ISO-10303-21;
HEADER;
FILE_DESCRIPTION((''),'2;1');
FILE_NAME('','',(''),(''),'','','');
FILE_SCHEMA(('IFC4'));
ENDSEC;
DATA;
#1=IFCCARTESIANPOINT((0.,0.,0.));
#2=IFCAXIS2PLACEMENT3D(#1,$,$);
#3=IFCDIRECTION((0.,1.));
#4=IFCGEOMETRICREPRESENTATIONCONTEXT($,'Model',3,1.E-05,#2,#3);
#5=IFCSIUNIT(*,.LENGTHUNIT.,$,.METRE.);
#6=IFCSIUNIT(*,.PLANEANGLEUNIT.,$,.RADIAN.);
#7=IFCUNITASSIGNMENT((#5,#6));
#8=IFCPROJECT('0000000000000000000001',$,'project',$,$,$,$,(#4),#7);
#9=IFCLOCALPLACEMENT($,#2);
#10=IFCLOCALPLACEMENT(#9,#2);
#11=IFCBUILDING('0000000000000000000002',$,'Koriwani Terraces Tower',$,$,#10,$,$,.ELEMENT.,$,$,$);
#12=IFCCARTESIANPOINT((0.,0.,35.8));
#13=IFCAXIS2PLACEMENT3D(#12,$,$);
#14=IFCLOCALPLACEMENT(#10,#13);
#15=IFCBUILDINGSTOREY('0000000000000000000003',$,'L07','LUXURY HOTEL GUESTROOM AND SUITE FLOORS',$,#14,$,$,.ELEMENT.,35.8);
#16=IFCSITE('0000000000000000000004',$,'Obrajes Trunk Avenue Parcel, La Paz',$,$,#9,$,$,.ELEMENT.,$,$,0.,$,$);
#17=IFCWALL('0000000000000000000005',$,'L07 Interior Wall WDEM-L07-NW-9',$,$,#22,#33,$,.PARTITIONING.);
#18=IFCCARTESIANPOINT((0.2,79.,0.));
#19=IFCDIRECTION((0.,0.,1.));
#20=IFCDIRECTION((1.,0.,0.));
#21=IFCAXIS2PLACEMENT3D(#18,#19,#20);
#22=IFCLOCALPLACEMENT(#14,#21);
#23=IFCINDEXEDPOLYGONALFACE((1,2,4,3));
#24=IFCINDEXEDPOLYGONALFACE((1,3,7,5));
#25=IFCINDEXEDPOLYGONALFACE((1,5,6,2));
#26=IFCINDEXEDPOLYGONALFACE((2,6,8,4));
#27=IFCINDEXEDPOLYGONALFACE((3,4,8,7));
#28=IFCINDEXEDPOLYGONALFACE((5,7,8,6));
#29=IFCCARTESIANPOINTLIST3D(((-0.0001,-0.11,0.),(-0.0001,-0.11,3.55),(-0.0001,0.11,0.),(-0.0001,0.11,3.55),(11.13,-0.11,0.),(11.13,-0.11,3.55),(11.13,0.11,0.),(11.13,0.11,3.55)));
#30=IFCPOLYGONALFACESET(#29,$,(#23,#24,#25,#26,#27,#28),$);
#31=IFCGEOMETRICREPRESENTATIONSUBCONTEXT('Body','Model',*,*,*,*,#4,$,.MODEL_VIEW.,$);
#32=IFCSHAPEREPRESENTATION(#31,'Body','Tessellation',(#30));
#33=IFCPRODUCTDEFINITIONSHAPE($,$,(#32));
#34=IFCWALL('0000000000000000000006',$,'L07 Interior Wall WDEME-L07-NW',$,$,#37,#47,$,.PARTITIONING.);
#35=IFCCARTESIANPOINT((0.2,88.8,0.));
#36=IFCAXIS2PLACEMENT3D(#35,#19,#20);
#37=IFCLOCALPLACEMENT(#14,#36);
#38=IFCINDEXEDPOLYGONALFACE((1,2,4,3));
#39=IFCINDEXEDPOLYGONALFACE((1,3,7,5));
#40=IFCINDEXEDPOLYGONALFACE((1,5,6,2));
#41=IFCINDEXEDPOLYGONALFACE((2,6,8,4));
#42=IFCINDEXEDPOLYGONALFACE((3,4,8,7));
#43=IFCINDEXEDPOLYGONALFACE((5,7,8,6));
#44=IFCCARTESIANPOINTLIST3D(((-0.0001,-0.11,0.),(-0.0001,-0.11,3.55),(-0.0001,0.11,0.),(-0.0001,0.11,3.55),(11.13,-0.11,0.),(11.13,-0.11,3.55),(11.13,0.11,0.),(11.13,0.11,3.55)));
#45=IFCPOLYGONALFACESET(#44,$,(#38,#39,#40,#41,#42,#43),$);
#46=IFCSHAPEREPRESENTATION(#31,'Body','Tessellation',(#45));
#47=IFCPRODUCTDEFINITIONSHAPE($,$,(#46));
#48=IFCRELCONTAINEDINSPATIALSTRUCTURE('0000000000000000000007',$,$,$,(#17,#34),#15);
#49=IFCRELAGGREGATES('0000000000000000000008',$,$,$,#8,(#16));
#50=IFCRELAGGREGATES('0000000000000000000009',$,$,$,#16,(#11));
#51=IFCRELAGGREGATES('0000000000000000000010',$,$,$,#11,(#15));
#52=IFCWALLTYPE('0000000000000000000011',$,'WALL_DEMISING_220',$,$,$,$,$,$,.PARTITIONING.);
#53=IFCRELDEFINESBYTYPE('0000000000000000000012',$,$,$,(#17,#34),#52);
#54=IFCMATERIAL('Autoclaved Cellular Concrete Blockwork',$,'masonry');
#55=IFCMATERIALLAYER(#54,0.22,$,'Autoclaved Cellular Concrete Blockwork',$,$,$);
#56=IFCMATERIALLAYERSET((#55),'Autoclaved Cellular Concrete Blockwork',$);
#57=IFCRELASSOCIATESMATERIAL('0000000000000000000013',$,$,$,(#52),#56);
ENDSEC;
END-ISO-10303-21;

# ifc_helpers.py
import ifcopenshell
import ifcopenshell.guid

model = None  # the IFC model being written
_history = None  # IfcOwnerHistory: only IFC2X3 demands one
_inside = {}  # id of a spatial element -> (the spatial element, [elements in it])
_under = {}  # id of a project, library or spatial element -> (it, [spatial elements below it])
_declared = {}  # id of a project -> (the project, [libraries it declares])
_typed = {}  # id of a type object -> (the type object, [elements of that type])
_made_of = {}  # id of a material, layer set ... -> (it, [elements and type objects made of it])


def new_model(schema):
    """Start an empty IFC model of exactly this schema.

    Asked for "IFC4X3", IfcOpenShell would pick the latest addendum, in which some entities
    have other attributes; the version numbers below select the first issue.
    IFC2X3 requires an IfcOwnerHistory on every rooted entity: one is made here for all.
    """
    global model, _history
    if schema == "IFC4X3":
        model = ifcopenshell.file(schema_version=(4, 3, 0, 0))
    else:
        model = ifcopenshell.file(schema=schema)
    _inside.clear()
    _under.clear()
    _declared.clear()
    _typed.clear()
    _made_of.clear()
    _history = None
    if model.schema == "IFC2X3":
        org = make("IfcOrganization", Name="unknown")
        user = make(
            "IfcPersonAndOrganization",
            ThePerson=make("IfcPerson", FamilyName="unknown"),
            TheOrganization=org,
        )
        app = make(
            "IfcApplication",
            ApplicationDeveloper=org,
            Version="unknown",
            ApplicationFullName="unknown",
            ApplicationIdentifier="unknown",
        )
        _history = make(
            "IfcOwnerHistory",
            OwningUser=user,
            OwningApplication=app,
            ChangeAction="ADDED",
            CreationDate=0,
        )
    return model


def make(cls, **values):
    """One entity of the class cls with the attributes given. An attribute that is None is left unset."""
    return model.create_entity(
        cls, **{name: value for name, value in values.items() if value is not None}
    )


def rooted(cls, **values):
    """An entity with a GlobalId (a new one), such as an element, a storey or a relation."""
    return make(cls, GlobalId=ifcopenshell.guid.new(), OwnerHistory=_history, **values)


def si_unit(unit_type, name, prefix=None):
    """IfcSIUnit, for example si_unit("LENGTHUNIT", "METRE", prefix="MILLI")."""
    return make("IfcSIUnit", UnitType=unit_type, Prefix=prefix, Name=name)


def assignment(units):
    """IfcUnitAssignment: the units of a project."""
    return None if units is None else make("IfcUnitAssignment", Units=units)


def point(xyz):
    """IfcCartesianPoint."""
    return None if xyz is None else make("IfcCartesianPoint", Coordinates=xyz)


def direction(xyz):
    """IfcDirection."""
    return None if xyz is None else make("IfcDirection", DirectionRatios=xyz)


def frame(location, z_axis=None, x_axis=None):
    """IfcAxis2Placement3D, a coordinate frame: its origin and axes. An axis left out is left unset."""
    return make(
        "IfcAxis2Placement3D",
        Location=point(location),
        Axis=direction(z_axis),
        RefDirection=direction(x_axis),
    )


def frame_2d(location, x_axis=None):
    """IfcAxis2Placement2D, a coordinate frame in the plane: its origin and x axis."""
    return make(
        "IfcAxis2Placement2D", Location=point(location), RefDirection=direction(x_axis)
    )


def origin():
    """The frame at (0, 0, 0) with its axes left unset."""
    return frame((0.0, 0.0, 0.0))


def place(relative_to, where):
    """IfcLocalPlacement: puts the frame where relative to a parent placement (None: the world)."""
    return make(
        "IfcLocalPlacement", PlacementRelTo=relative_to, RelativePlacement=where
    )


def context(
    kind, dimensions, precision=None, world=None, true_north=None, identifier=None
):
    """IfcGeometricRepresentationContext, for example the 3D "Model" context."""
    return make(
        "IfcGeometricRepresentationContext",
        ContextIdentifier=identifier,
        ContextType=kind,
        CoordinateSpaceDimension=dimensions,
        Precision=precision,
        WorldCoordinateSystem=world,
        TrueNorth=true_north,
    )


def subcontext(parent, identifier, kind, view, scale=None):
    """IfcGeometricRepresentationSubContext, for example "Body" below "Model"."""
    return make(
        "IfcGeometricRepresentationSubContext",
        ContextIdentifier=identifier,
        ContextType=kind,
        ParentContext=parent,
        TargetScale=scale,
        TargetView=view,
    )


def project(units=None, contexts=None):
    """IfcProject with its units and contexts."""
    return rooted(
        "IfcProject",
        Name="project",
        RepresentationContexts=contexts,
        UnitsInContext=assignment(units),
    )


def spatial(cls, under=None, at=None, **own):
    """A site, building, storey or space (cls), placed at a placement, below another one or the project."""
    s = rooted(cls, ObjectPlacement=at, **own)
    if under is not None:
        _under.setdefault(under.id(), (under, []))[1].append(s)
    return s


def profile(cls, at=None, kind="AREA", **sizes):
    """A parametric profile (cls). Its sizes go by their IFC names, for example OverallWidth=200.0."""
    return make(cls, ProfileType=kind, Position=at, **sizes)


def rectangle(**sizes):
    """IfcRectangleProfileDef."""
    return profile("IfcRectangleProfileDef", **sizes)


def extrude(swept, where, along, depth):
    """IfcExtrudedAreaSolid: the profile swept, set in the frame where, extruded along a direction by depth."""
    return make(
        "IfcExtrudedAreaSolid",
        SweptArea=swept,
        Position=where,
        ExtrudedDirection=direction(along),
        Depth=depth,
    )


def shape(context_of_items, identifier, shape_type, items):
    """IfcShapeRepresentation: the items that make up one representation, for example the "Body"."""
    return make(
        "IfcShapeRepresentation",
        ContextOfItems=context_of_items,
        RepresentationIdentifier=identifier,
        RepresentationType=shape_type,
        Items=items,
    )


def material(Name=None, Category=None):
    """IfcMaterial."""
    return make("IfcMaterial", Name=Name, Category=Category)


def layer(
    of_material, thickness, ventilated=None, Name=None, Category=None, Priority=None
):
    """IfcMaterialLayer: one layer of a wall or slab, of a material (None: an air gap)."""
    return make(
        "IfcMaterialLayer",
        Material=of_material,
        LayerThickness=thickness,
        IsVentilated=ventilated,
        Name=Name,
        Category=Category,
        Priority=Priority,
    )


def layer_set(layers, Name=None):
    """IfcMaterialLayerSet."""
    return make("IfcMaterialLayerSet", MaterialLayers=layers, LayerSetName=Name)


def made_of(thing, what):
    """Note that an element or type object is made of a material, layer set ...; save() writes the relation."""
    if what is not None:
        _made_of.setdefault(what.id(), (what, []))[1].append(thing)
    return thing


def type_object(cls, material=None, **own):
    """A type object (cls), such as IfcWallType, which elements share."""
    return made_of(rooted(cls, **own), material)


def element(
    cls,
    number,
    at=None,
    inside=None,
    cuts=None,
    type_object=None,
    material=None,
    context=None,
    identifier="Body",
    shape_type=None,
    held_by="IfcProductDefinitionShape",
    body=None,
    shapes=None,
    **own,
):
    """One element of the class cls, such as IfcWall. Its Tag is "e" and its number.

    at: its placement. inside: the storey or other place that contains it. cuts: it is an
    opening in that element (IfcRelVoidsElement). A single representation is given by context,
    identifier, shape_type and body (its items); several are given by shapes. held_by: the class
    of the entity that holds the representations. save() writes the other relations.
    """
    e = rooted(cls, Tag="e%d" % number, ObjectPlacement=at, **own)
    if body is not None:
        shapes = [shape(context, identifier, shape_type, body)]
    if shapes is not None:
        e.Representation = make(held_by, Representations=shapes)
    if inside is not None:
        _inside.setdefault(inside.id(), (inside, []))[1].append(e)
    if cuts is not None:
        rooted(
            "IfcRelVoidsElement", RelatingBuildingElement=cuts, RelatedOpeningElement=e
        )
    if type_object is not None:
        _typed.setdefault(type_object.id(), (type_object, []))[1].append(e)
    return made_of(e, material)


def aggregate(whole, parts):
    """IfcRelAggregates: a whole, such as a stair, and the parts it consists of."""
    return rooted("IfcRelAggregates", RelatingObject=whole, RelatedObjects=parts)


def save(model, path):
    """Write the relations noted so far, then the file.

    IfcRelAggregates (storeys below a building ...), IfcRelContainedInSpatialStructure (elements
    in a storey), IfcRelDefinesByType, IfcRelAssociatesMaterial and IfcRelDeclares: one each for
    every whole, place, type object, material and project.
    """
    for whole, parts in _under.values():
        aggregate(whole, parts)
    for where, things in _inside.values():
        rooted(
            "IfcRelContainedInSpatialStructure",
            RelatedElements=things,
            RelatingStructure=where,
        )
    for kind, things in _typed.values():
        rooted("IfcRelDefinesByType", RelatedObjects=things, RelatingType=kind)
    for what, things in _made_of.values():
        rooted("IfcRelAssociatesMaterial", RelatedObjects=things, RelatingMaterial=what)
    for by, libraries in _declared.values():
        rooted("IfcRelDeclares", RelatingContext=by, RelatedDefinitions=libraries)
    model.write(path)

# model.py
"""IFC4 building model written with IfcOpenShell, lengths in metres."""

from ifc_helpers import new_model, si_unit, direction, frame, frame_2d, origin, place, context, subcontext, project, spatial, rectangle, extrude, material, layer, layer_set, type_object, element, save


model = new_model("IFC4")

# Units and contexts
model_context = context("Model", 3, precision=1e-05, world=origin(), true_north=direction((0.0, 1.0)))
body_context = subcontext(model_context, "Body", "Model", "MODEL_VIEW")
ifc_project = project(units=[si_unit("LENGTHUNIT", "METRE"), si_unit("PLANEANGLEUNIT", "RADIAN")], contexts=[model_context])

# Site, building, storey
site_placement = place(None, origin())
site = spatial("IfcSite", under=ifc_project, at=site_placement, Name="Obrajes Trunk Avenue Parcel, La Paz", CompositionType="ELEMENT", RefElevation=0.0)
building_placement = place(site_placement, origin())
building = spatial("IfcBuilding", under=site, at=building_placement, Name="Koriwani Terraces Tower", CompositionType="ELEMENT")
storey_placement = place(building_placement, frame((0.0, 0.0, 35.8)))
storey = spatial("IfcBuildingStorey", under=building, at=storey_placement, Name="L07", Description="LUXURY HOTEL GUESTROOM AND SUITE FLOORS", CompositionType="ELEMENT", Elevation=35.8)

# Walls
ifc_material_1 = material(Name="Autoclaved Cellular Concrete Blockwork", Category="masonry")
ifc_layer_1 = layer(ifc_material_1, 0.22, Name="Autoclaved Cellular Concrete Blockwork")
ifc_layer_set_1 = layer_set([ifc_layer_1], Name="Autoclaved Cellular Concrete Blockwork")
wall_type_1 = type_object("IfcWallType", Name="WALL_DEMISING_220", PredefinedType="PARTITIONING", material=ifc_layer_set_1)
for number, where, z_axis, x_axis, name in (
    (1, (0.2, 79.0, 0.0), (0.0, 0.0, 1.0), (1.0, 0.0, 0.0), "L07 Interior Wall WDEM-L07-NW-9"),
    (2, (0.2, 88.8, 0.0), (0.0, 0.0, 1.0), (1.0, 0.0, 0.0), "L07 Interior Wall WDEME-L07-NW"),
):
    element("IfcWall", number, at=place(storey_placement, frame(where, z_axis=z_axis, x_axis=x_axis)), inside=storey, type_object=wall_type_1, Name=name, PredefinedType="PARTITIONING", context=body_context, shape_type="SweptSolid", body=[
        extrude(rectangle(XDim=11.1301, YDim=0.22, at=frame_2d((5.5649, 0.0))), origin(), (0.0, 0.0, 1.0), 3.55),
    ])

save(model, "model.ifc")
